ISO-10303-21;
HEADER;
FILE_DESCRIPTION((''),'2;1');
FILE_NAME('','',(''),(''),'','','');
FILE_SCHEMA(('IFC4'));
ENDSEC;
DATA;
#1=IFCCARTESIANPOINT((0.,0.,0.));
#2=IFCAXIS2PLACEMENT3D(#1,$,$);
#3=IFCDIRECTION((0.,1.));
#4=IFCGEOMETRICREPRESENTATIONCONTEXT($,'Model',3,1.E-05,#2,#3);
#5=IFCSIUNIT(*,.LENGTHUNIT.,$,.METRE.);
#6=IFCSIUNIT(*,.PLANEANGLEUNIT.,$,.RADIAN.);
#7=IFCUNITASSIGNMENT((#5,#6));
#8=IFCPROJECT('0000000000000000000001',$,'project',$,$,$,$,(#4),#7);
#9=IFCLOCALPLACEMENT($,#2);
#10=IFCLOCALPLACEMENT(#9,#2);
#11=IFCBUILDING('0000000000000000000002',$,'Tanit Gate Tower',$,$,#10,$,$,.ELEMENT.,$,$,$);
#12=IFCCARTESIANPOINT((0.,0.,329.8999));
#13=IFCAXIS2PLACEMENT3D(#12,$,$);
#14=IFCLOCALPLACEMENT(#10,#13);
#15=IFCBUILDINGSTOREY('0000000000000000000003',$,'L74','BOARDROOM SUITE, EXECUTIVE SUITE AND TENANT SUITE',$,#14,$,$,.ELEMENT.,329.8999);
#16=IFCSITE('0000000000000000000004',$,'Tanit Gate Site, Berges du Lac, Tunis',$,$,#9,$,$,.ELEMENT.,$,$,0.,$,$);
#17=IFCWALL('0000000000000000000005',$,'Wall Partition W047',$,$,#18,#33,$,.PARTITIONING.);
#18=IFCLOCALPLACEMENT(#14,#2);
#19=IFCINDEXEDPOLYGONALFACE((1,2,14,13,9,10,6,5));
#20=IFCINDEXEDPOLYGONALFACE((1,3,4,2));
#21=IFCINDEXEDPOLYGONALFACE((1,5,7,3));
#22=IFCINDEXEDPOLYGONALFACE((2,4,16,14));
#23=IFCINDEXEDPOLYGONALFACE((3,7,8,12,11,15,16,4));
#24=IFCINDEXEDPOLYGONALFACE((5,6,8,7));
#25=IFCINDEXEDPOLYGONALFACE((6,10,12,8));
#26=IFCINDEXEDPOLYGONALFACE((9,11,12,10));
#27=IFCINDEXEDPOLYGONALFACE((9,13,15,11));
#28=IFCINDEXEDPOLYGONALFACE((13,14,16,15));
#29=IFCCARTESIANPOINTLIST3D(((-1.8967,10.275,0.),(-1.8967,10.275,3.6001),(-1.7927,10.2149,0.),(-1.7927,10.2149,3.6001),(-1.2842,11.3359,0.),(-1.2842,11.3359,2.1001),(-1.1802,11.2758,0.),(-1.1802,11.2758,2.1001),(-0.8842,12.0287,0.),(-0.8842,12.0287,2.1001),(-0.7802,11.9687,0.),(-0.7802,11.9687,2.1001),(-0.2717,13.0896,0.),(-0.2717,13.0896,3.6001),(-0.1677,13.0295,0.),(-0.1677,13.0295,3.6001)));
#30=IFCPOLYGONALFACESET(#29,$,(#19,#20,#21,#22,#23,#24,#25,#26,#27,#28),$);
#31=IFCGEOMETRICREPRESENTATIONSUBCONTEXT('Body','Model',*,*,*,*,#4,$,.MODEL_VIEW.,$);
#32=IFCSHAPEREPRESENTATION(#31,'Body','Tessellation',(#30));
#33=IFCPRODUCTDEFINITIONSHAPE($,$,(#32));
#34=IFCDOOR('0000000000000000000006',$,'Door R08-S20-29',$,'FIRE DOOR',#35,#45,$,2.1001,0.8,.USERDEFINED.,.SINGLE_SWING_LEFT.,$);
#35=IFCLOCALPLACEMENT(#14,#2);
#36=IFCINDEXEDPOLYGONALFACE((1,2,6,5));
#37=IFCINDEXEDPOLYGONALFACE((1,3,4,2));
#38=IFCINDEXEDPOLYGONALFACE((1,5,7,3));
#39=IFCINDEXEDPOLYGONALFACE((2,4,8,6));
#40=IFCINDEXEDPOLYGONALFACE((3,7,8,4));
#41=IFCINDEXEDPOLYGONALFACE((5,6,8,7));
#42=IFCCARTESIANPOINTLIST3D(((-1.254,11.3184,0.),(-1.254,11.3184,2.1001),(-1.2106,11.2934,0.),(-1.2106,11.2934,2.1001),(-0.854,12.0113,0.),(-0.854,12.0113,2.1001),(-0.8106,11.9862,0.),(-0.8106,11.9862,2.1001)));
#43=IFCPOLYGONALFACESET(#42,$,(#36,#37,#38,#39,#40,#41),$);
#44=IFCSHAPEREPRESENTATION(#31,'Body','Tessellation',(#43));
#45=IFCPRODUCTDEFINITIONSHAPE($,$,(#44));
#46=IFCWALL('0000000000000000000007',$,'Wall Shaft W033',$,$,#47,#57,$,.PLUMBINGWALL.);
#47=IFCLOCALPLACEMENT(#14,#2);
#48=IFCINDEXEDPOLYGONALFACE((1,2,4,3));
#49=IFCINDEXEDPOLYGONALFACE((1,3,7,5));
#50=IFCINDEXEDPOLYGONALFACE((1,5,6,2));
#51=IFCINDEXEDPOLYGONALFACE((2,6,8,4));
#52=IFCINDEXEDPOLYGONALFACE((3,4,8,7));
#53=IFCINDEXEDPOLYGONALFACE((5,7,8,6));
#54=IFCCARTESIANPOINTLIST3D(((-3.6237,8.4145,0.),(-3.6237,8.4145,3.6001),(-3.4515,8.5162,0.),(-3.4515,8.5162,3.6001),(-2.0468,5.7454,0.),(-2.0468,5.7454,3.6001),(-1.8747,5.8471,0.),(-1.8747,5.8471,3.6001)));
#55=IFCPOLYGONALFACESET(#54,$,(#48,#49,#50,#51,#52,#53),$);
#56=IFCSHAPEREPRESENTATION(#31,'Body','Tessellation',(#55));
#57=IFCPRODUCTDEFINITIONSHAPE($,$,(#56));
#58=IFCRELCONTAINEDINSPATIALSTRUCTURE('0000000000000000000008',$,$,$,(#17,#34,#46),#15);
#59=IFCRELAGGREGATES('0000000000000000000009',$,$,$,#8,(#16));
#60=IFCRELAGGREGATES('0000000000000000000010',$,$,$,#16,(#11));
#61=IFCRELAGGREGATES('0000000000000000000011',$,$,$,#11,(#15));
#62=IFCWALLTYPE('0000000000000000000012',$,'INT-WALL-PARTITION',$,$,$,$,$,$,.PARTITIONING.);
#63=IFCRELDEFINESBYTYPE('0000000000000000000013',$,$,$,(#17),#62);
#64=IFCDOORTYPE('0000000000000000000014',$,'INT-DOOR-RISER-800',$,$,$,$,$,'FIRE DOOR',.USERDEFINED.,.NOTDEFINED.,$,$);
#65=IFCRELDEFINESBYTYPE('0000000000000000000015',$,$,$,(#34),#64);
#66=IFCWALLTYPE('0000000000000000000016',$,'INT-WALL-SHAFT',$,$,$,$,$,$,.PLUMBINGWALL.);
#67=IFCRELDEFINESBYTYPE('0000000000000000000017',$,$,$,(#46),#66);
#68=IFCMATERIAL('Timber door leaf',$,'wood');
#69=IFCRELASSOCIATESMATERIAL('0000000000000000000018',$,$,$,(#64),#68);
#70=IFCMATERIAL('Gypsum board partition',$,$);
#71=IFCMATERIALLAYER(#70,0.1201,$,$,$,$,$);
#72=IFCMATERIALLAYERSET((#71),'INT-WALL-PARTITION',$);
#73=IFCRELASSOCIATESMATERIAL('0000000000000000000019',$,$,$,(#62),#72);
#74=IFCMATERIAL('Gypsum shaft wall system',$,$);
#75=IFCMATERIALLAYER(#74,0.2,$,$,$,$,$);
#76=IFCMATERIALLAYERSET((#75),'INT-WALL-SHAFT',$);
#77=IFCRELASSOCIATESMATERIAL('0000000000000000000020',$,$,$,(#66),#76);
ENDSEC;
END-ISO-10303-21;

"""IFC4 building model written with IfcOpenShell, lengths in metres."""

from ifc_helpers import new_model, si_unit, direction, frame, frame_2d, origin, place, context, subcontext, project, spatial, rectangle, extrude, material, layer, layer_set, type_object, element, fill, save


model = new_model("IFC4")

# Units and contexts
model_context = context("Model", 3, precision=1e-05, world=origin(), true_north=direction((0.0, 1.0)))
body_context = subcontext(model_context, "Body", "Model", "MODEL_VIEW")
ifc_project = project(units=[si_unit("LENGTHUNIT", "METRE"), si_unit("PLANEANGLEUNIT", "RADIAN")], contexts=[model_context])

# Site, building, storey
site_placement = place(None, origin())
site = spatial("IfcSite", under=ifc_project, at=site_placement, Name="Tanit Gate Site, Berges du Lac, Tunis", CompositionType="ELEMENT", RefElevation=0.0)
building_placement = place(site_placement, origin())
building = spatial("IfcBuilding", under=site, at=building_placement, Name="Tanit Gate Tower", CompositionType="ELEMENT")
storey_placement = place(building_placement, frame((0.0, 0.0, 329.8999)))
storey = spatial("IfcBuildingStorey", under=building, at=storey_placement, Name="L74", Description="BOARDROOM SUITE, EXECUTIVE SUITE AND TENANT SUITE", CompositionType="ELEMENT", Elevation=329.8999)

# Shared definitions
ifc_material_1 = material(Name="Timber door leaf", Category="wood")
door_type = type_object("IfcDoorType", Name="INT-DOOR-RISER-800", ElementType="FIRE DOOR", OperationType="NOTDEFINED", PredefinedType="USERDEFINED", material=ifc_material_1)

# Wall, opening, door
ifc_material_2 = material(Name="Gypsum board partition")
ifc_layer_1 = layer(ifc_material_2, 0.1201)
ifc_layer_set_1 = layer_set([ifc_layer_1], Name="INT-WALL-PARTITION")
wall_type_1 = type_object("IfcWallType", Name="INT-WALL-PARTITION", PredefinedType="PARTITIONING", material=ifc_layer_set_1)
wall_1_placement = place(storey_placement, frame((-0.2197, 13.0596, 0.0), z_axis=(0.0, 0.0, 1.0), x_axis=(-0.499985, -0.866034, 0.0)))
wall_1 = element("IfcWall", 1, at=wall_1_placement, inside=storey, type_object=wall_type_1, Name="Wall Partition W047", PredefinedType="PARTITIONING", context=body_context, shape_type="SweptSolid", body=[
    extrude(rectangle(XDim=3.25, YDim=0.1201, at=frame_2d((1.625, 0.0))), origin(), (0.0, 0.0, 1.0), 3.6001),
])
opening_1_placement = place(wall_1_placement, frame((1.2251, 0.0, 0.0)))
opening_1 = element("IfcOpeningElement", 2, at=opening_1_placement, cuts=wall_1, PredefinedType="OPENING", context=body_context, shape_type="SweptSolid", body=[
    extrude(rectangle(XDim=0.8, YDim=2.1001, at=frame_2d((0.3999, 1.05))), frame((0.0, 0.0701, 0.0), z_axis=(0.0, -1.0, 0.0), x_axis=(1.0, 0.0, 0.0)), (0.0, 0.0, 1.0), 0.1401),
])
door_1_placement = place(opening_1_placement, origin())
door_1 = element("IfcDoor", 3, at=door_1_placement, inside=storey, type_object=door_type, Name="Door R08-S20-29", ObjectType="FIRE DOOR", OperationType="SINGLE_SWING_LEFT", OverallHeight=2.1001, OverallWidth=0.8, PredefinedType="USERDEFINED", context=body_context, shape_type="SweptSolid", body=[
    extrude(rectangle(XDim=0.8, YDim=2.1001, at=frame_2d((0.3999, 1.05))), frame((0.0, 0.0249, 0.0), z_axis=(0.0, -1.0, 0.0), x_axis=(1.0, 0.0, 0.0)), (0.0, 0.0, 1.0), 0.05),
])
fill(opening_1, door_1)

# Wall
ifc_material_3 = material(Name="Gypsum shaft wall system")
ifc_layer_2 = layer(ifc_material_3, 0.2)
ifc_layer_set_2 = layer_set([ifc_layer_2], Name="INT-WALL-SHAFT")
wall_type_2 = type_object("IfcWallType", Name="INT-WALL-SHAFT", PredefinedType="PLUMBINGWALL", material=ifc_layer_set_2)
wall_2_placement = place(storey_placement, frame((-3.5376, 8.4653, 0.0), z_axis=(0.0, 0.0, 1.0), x_axis=(0.508647, -0.860975, 0.0)))
element("IfcWall", 4, at=wall_2_placement, inside=storey, type_object=wall_type_2, Name="Wall Shaft W033", PredefinedType="PLUMBINGWALL", context=body_context, shape_type="SweptSolid", body=[
    extrude(rectangle(XDim=3.1001, YDim=0.2, at=frame_2d((1.55, 0.0))), origin(), (0.0, 0.0, 1.0), 3.6001),
])

save(model, "model.ifc")
